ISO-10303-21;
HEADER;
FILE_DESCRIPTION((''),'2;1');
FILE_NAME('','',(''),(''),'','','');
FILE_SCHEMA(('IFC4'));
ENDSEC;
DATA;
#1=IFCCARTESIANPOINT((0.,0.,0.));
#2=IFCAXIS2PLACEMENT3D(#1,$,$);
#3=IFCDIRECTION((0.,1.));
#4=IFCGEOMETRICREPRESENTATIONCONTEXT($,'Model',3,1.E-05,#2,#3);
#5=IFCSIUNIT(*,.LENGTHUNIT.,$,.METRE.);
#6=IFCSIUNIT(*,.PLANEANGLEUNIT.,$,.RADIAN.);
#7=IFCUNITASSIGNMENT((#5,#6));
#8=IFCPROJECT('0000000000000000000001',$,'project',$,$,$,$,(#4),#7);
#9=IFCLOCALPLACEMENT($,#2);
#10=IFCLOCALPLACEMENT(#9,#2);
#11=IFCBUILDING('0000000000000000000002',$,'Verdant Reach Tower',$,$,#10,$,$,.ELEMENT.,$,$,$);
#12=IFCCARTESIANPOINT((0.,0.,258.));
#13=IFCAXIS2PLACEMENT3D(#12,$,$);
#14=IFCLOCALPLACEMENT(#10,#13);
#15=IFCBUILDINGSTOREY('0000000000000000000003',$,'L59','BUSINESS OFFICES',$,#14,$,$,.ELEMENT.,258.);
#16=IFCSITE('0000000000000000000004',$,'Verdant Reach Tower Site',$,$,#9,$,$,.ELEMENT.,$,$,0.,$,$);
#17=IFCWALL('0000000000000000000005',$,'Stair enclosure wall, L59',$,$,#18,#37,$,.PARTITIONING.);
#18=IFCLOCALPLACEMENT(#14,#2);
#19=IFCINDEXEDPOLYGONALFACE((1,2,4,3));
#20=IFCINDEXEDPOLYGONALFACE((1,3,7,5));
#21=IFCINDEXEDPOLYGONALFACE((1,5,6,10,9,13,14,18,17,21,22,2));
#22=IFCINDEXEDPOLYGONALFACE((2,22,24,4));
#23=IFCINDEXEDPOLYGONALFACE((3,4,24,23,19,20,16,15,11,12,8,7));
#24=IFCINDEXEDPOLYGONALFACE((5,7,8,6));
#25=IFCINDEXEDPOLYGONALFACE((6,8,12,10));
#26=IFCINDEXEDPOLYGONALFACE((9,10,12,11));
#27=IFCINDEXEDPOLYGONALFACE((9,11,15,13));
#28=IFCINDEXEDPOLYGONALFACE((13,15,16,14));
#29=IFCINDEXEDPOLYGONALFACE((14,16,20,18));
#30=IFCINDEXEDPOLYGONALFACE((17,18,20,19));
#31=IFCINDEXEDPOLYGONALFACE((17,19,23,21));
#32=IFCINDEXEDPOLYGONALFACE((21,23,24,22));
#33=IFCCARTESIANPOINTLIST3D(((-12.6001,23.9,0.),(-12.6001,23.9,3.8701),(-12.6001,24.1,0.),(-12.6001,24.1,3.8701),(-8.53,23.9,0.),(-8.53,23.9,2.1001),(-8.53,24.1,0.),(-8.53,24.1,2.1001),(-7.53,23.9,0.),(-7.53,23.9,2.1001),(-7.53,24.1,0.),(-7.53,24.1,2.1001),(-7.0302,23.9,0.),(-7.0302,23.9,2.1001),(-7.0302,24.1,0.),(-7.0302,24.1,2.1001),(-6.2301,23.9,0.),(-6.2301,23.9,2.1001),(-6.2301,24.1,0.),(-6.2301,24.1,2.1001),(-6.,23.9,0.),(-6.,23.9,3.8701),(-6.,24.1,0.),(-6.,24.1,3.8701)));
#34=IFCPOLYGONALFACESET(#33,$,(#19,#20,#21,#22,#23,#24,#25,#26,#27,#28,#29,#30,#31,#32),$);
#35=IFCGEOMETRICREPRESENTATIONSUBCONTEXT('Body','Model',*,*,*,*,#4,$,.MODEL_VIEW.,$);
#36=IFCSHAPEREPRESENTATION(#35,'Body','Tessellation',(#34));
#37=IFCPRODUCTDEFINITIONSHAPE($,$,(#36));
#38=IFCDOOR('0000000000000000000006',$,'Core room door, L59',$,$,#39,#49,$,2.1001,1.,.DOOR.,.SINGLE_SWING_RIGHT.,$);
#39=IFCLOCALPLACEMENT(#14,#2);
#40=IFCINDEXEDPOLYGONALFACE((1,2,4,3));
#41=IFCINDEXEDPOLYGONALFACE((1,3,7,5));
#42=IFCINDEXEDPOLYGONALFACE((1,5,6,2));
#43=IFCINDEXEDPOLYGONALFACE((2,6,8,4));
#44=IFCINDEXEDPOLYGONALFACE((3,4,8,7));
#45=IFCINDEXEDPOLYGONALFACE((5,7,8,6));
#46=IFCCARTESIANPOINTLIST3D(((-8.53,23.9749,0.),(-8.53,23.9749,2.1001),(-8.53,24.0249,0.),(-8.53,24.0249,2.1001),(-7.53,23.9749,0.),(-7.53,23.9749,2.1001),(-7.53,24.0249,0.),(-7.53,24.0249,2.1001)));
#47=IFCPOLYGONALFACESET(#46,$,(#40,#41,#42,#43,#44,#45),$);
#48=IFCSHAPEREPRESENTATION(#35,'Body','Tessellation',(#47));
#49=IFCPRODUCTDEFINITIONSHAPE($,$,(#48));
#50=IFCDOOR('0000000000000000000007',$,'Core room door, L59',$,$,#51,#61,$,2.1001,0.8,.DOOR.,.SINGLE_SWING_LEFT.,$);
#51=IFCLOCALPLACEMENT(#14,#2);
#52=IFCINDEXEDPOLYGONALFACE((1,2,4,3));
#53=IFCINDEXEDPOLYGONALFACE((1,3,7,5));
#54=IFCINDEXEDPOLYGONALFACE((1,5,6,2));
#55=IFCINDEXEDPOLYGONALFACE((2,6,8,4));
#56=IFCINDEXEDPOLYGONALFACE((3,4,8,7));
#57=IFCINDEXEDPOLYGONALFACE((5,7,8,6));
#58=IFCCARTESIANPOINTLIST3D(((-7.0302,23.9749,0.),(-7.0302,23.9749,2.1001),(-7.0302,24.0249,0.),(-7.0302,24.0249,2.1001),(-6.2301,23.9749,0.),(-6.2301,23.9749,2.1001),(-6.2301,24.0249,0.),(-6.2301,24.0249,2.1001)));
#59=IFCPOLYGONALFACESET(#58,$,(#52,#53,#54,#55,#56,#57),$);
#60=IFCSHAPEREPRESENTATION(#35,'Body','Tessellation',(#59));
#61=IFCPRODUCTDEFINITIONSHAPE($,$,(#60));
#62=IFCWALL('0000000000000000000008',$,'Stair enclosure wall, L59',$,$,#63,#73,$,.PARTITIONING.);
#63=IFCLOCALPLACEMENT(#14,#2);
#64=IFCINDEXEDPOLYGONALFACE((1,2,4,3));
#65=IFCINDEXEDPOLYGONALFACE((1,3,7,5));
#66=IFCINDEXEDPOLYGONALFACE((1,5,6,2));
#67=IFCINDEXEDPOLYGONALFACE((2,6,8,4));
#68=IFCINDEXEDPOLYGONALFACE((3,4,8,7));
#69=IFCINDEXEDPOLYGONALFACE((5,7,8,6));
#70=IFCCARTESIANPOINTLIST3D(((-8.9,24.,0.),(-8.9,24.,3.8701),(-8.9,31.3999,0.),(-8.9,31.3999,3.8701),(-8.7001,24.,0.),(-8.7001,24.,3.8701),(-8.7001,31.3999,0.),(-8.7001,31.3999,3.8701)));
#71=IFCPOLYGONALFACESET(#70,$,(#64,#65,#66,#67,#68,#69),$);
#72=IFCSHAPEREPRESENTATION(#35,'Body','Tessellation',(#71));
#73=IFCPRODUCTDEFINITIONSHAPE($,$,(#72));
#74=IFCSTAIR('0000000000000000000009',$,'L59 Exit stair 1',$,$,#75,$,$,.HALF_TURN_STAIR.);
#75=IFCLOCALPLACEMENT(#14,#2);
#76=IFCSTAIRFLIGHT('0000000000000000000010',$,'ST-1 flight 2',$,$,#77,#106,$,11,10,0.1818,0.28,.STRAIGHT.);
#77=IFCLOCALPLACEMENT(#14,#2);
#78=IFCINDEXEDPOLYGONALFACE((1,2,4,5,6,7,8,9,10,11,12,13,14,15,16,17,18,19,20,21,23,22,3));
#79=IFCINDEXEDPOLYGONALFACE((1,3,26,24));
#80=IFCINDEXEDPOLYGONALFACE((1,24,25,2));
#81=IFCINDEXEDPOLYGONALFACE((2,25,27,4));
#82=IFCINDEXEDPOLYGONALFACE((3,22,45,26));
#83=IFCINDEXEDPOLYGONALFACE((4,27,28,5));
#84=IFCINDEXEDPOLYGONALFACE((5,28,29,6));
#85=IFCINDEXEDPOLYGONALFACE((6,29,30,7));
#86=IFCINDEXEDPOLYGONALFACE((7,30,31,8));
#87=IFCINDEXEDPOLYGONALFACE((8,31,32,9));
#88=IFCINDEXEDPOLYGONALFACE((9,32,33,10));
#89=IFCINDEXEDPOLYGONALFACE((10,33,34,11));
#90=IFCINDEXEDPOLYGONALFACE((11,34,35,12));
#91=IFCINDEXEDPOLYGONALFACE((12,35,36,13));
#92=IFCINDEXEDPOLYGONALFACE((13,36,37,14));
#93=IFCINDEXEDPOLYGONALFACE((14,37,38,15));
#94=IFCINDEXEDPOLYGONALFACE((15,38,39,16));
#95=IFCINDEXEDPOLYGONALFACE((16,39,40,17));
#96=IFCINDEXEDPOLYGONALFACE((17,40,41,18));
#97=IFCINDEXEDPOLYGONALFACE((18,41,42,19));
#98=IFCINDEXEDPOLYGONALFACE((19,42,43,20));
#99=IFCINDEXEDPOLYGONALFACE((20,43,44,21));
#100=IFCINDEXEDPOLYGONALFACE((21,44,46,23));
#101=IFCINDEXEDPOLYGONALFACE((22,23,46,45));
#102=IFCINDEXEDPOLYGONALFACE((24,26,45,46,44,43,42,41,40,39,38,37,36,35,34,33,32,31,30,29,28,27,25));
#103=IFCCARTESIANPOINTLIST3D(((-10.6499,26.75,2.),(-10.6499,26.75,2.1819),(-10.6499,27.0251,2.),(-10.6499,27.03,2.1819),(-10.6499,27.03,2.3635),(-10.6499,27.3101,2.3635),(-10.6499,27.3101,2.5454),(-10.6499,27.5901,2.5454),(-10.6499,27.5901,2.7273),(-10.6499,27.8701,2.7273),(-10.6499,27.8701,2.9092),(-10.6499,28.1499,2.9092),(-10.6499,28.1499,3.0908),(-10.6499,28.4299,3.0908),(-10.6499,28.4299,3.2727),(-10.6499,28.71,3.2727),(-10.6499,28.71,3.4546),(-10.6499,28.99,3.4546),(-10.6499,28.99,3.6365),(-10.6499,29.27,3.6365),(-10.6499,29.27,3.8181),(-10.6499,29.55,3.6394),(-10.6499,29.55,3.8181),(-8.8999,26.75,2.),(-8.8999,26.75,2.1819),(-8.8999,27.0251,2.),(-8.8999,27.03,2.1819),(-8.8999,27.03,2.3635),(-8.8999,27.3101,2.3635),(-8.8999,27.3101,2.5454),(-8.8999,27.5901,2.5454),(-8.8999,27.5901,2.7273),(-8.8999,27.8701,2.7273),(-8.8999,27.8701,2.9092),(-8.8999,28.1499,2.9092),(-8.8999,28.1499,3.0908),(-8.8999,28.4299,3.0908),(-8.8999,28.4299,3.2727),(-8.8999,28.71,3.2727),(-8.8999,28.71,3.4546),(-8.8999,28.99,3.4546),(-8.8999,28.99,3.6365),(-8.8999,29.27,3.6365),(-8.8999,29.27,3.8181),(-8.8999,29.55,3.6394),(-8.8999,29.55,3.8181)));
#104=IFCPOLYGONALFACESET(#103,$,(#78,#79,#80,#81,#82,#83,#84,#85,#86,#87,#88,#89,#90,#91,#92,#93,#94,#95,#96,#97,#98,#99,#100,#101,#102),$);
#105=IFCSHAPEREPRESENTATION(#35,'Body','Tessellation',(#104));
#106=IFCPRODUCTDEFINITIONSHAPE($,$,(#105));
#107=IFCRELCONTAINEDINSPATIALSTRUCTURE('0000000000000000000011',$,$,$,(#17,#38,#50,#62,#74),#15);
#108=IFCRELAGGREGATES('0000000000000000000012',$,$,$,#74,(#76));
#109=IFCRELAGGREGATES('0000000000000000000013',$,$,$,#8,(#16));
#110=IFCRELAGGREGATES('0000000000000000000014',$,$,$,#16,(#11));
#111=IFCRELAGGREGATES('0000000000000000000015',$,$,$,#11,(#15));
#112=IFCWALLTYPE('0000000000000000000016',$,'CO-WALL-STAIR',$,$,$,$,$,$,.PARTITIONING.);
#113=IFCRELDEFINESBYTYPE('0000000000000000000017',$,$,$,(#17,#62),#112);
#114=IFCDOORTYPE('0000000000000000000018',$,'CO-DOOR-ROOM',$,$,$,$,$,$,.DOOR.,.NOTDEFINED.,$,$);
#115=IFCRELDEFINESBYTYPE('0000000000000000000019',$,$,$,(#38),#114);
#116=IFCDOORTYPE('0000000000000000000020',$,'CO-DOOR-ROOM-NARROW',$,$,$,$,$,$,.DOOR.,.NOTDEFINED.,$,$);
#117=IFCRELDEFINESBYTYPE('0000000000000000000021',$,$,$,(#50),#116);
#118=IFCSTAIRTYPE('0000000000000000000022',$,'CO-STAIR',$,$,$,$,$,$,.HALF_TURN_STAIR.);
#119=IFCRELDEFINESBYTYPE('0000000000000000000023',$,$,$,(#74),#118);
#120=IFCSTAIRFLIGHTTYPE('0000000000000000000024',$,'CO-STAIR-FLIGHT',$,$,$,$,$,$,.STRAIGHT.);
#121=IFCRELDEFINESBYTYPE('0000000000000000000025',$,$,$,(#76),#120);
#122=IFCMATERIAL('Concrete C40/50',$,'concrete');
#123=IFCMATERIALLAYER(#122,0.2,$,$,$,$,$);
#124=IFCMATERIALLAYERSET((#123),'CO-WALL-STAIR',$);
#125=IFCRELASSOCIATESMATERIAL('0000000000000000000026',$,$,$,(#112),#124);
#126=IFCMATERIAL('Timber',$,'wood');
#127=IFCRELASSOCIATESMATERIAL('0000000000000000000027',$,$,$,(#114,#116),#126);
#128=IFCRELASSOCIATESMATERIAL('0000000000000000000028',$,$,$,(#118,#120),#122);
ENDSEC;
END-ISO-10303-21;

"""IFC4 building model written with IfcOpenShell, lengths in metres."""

from ifc_helpers import new_model, si_unit, direction, frame, frame_2d, origin, place, context, subcontext, project, spatial, polyline, rectangle, outline, extrude, material, layer, layer_set, type_object, element, fill, aggregate, save


model = new_model("IFC4")

# Units and contexts
model_context = context("Model", 3, precision=1e-05, world=origin(), true_north=direction((0.0, 1.0)))
body_context = subcontext(model_context, "Body", "Model", "MODEL_VIEW")
ifc_project = project(units=[si_unit("LENGTHUNIT", "METRE"), si_unit("PLANEANGLEUNIT", "RADIAN")], contexts=[model_context])

# Site, building, storey
site_placement = place(None, origin())
site = spatial("IfcSite", under=ifc_project, at=site_placement, Name="Verdant Reach Tower Site", CompositionType="ELEMENT", RefElevation=0.0)
building_placement = place(site_placement, origin())
building = spatial("IfcBuilding", under=site, at=building_placement, Name="Verdant Reach Tower", CompositionType="ELEMENT")
storey_placement = place(building_placement, frame((0.0, 0.0, 258.0)))
storey = spatial("IfcBuildingStorey", under=building, at=storey_placement, Name="L59", Description="BUSINESS OFFICES", CompositionType="ELEMENT", Elevation=258.0)

# Shared definitions
ifc_material_1 = material(Name="Concrete C40/50", Category="concrete")

# Wall, openings, doors
ifc_layer_1 = layer(ifc_material_1, 0.2)
ifc_layer_set_1 = layer_set([ifc_layer_1], Name="CO-WALL-STAIR")
wall_type_1 = type_object("IfcWallType", Name="CO-WALL-STAIR", PredefinedType="PARTITIONING", material=ifc_layer_set_1)
wall_1_placement = place(storey_placement, frame((-12.6001, 24.0, 0.0), z_axis=(0.0, 0.0, 1.0), x_axis=(1.0, 0.0, 0.0)))
wall_1 = element("IfcWall", 1, at=wall_1_placement, inside=storey, type_object=wall_type_1, Name="Stair enclosure wall, L59", PredefinedType="PARTITIONING", context=body_context, shape_type="SweptSolid", body=[
    extrude(rectangle(XDim=6.6001, YDim=0.2, at=frame_2d((3.3, 0.0))), origin(), (0.0, 0.0, 1.0), 3.8701),
])
opening_1_placement = place(wall_1_placement, frame((4.0701, 0.0, 0.0)))
opening_1 = element("IfcOpeningElement", 2, at=opening_1_placement, cuts=wall_1, PredefinedType="OPENING", context=body_context, shape_type="SweptSolid", body=[
    extrude(rectangle(XDim=1.0, YDim=2.1001, at=frame_2d((0.5, 1.05))), frame((0.0, 0.1099, 0.0), z_axis=(0.0, -1.0, 0.0), x_axis=(1.0, 0.0, 0.0)), (0.0, 0.0, 1.0), 0.22),
])
opening_2_placement = place(wall_1_placement, frame((5.5701, 0.0, 0.0)))
opening_2 = element("IfcOpeningElement", 3, at=opening_2_placement, cuts=wall_1, PredefinedType="OPENING", context=body_context, shape_type="SweptSolid", body=[
    extrude(rectangle(XDim=0.8, YDim=2.1001, at=frame_2d((0.3999, 1.05))), frame((0.0, 0.1099, 0.0), z_axis=(0.0, -1.0, 0.0), x_axis=(1.0, 0.0, 0.0)), (0.0, 0.0, 1.0), 0.22),
])
ifc_material_2 = material(Name="Timber", Category="wood")
door_type_1 = type_object("IfcDoorType", Name="CO-DOOR-ROOM", OperationType="NOTDEFINED", PredefinedType="DOOR", material=ifc_material_2)
door_1_placement = place(opening_1_placement, origin())
door_1 = element("IfcDoor", 4, at=door_1_placement, inside=storey, type_object=door_type_1, Name="Core room door, L59", OperationType="SINGLE_SWING_RIGHT", OverallHeight=2.1001, OverallWidth=1.0, PredefinedType="DOOR", context=body_context, shape_type="SweptSolid", body=[
    extrude(rectangle(XDim=1.0, YDim=2.1001, at=frame_2d((0.5, 1.05))), frame((0.0, 0.0249, 0.0), z_axis=(0.0, -1.0, 0.0), x_axis=(1.0, 0.0, 0.0)), (0.0, 0.0, 1.0), 0.05),
])
fill(opening_1, door_1)
door_type_2 = type_object("IfcDoorType", Name="CO-DOOR-ROOM-NARROW", OperationType="NOTDEFINED", PredefinedType="DOOR", material=ifc_material_2)
door_2_placement = place(opening_2_placement, origin())
door_2 = element("IfcDoor", 5, at=door_2_placement, inside=storey, type_object=door_type_2, Name="Core room door, L59", OperationType="SINGLE_SWING_LEFT", OverallHeight=2.1001, OverallWidth=0.8, PredefinedType="DOOR", context=body_context, shape_type="SweptSolid", body=[
    extrude(rectangle(XDim=0.8, YDim=2.1001, at=frame_2d((0.3999, 1.05))), frame((0.0, 0.0249, 0.0), z_axis=(0.0, -1.0, 0.0), x_axis=(1.0, 0.0, 0.0)), (0.0, 0.0, 1.0), 0.05),
])
fill(opening_2, door_2)

# Wall
wall_2_placement = place(storey_placement, frame((-8.8, 24.0, 0.0), z_axis=(0.0, 0.0, 1.0), x_axis=(0.0, 1.0, 0.0)))
element("IfcWall", 6, at=wall_2_placement, inside=storey, type_object=wall_type_1, Name="Stair enclosure wall, L59", PredefinedType="PARTITIONING", context=body_context, shape_type="SweptSolid", body=[
    extrude(rectangle(XDim=7.3999, YDim=0.2, at=frame_2d((3.7, 0.0))), origin(), (0.0, 0.0, 1.0), 3.8701),
])

# Stair, stair flight
stair_type = type_object("IfcStairType", Name="CO-STAIR", PredefinedType="HALF_TURN_STAIR", material=ifc_material_1)
stair_placement = place(storey_placement, origin())
stair = element("IfcStair", 7, at=stair_placement, inside=storey, type_object=stair_type, Name="L59 Exit stair 1", PredefinedType="HALF_TURN_STAIR")
stair_flight_type = type_object("IfcStairFlightType", Name="CO-STAIR-FLIGHT", PredefinedType="STRAIGHT", material=ifc_material_1)
stair_flight_placement = place(storey_placement, frame((-9.7749, 26.75, 2.0), z_axis=(0.0, 0.0, 1.0), x_axis=(0.0, 1.0, 0.0)))
stair_flight = element("IfcStairFlight", 8, at=stair_flight_placement, type_object=stair_flight_type, Name="ST-1 flight 2", NumberOfRisers=11, NumberOfTreads=10, PredefinedType="STRAIGHT", RiserHeight=0.1818, TreadLength=0.28, context=body_context, shape_type="SweptSolid", body=[
    extrude(outline(polyline([(0.0, 0.0), (0.0, 0.1819), (0.28, 0.1819), (0.28, 0.3635), (0.5601, 0.3635), (0.5601, 0.5454), (0.8401, 0.5454), (0.8401, 0.7273), (1.1201, 0.7273), (1.1201, 0.9092), (1.3999, 0.9092), (1.3999, 1.0908), (1.6799, 1.0908), (1.6799, 1.2727), (1.96, 1.2727), (1.96, 1.4546), (2.24, 1.4546), (2.24, 1.6365), (2.52, 1.6365), (2.52, 1.8181), (2.8, 1.8181), (2.8, 2.0), (2.8, 1.6394), (0.2751, 0.0), (0.0, 0.0)])), frame((0.0, 0.875, 0.0), z_axis=(0.0, -1.0, 0.0), x_axis=(1.0, 0.0, 0.0)), (0.0, 0.0, 1.0), 1.75),
])
aggregate(stair, [stair_flight])

save(model, "model.ifc")
